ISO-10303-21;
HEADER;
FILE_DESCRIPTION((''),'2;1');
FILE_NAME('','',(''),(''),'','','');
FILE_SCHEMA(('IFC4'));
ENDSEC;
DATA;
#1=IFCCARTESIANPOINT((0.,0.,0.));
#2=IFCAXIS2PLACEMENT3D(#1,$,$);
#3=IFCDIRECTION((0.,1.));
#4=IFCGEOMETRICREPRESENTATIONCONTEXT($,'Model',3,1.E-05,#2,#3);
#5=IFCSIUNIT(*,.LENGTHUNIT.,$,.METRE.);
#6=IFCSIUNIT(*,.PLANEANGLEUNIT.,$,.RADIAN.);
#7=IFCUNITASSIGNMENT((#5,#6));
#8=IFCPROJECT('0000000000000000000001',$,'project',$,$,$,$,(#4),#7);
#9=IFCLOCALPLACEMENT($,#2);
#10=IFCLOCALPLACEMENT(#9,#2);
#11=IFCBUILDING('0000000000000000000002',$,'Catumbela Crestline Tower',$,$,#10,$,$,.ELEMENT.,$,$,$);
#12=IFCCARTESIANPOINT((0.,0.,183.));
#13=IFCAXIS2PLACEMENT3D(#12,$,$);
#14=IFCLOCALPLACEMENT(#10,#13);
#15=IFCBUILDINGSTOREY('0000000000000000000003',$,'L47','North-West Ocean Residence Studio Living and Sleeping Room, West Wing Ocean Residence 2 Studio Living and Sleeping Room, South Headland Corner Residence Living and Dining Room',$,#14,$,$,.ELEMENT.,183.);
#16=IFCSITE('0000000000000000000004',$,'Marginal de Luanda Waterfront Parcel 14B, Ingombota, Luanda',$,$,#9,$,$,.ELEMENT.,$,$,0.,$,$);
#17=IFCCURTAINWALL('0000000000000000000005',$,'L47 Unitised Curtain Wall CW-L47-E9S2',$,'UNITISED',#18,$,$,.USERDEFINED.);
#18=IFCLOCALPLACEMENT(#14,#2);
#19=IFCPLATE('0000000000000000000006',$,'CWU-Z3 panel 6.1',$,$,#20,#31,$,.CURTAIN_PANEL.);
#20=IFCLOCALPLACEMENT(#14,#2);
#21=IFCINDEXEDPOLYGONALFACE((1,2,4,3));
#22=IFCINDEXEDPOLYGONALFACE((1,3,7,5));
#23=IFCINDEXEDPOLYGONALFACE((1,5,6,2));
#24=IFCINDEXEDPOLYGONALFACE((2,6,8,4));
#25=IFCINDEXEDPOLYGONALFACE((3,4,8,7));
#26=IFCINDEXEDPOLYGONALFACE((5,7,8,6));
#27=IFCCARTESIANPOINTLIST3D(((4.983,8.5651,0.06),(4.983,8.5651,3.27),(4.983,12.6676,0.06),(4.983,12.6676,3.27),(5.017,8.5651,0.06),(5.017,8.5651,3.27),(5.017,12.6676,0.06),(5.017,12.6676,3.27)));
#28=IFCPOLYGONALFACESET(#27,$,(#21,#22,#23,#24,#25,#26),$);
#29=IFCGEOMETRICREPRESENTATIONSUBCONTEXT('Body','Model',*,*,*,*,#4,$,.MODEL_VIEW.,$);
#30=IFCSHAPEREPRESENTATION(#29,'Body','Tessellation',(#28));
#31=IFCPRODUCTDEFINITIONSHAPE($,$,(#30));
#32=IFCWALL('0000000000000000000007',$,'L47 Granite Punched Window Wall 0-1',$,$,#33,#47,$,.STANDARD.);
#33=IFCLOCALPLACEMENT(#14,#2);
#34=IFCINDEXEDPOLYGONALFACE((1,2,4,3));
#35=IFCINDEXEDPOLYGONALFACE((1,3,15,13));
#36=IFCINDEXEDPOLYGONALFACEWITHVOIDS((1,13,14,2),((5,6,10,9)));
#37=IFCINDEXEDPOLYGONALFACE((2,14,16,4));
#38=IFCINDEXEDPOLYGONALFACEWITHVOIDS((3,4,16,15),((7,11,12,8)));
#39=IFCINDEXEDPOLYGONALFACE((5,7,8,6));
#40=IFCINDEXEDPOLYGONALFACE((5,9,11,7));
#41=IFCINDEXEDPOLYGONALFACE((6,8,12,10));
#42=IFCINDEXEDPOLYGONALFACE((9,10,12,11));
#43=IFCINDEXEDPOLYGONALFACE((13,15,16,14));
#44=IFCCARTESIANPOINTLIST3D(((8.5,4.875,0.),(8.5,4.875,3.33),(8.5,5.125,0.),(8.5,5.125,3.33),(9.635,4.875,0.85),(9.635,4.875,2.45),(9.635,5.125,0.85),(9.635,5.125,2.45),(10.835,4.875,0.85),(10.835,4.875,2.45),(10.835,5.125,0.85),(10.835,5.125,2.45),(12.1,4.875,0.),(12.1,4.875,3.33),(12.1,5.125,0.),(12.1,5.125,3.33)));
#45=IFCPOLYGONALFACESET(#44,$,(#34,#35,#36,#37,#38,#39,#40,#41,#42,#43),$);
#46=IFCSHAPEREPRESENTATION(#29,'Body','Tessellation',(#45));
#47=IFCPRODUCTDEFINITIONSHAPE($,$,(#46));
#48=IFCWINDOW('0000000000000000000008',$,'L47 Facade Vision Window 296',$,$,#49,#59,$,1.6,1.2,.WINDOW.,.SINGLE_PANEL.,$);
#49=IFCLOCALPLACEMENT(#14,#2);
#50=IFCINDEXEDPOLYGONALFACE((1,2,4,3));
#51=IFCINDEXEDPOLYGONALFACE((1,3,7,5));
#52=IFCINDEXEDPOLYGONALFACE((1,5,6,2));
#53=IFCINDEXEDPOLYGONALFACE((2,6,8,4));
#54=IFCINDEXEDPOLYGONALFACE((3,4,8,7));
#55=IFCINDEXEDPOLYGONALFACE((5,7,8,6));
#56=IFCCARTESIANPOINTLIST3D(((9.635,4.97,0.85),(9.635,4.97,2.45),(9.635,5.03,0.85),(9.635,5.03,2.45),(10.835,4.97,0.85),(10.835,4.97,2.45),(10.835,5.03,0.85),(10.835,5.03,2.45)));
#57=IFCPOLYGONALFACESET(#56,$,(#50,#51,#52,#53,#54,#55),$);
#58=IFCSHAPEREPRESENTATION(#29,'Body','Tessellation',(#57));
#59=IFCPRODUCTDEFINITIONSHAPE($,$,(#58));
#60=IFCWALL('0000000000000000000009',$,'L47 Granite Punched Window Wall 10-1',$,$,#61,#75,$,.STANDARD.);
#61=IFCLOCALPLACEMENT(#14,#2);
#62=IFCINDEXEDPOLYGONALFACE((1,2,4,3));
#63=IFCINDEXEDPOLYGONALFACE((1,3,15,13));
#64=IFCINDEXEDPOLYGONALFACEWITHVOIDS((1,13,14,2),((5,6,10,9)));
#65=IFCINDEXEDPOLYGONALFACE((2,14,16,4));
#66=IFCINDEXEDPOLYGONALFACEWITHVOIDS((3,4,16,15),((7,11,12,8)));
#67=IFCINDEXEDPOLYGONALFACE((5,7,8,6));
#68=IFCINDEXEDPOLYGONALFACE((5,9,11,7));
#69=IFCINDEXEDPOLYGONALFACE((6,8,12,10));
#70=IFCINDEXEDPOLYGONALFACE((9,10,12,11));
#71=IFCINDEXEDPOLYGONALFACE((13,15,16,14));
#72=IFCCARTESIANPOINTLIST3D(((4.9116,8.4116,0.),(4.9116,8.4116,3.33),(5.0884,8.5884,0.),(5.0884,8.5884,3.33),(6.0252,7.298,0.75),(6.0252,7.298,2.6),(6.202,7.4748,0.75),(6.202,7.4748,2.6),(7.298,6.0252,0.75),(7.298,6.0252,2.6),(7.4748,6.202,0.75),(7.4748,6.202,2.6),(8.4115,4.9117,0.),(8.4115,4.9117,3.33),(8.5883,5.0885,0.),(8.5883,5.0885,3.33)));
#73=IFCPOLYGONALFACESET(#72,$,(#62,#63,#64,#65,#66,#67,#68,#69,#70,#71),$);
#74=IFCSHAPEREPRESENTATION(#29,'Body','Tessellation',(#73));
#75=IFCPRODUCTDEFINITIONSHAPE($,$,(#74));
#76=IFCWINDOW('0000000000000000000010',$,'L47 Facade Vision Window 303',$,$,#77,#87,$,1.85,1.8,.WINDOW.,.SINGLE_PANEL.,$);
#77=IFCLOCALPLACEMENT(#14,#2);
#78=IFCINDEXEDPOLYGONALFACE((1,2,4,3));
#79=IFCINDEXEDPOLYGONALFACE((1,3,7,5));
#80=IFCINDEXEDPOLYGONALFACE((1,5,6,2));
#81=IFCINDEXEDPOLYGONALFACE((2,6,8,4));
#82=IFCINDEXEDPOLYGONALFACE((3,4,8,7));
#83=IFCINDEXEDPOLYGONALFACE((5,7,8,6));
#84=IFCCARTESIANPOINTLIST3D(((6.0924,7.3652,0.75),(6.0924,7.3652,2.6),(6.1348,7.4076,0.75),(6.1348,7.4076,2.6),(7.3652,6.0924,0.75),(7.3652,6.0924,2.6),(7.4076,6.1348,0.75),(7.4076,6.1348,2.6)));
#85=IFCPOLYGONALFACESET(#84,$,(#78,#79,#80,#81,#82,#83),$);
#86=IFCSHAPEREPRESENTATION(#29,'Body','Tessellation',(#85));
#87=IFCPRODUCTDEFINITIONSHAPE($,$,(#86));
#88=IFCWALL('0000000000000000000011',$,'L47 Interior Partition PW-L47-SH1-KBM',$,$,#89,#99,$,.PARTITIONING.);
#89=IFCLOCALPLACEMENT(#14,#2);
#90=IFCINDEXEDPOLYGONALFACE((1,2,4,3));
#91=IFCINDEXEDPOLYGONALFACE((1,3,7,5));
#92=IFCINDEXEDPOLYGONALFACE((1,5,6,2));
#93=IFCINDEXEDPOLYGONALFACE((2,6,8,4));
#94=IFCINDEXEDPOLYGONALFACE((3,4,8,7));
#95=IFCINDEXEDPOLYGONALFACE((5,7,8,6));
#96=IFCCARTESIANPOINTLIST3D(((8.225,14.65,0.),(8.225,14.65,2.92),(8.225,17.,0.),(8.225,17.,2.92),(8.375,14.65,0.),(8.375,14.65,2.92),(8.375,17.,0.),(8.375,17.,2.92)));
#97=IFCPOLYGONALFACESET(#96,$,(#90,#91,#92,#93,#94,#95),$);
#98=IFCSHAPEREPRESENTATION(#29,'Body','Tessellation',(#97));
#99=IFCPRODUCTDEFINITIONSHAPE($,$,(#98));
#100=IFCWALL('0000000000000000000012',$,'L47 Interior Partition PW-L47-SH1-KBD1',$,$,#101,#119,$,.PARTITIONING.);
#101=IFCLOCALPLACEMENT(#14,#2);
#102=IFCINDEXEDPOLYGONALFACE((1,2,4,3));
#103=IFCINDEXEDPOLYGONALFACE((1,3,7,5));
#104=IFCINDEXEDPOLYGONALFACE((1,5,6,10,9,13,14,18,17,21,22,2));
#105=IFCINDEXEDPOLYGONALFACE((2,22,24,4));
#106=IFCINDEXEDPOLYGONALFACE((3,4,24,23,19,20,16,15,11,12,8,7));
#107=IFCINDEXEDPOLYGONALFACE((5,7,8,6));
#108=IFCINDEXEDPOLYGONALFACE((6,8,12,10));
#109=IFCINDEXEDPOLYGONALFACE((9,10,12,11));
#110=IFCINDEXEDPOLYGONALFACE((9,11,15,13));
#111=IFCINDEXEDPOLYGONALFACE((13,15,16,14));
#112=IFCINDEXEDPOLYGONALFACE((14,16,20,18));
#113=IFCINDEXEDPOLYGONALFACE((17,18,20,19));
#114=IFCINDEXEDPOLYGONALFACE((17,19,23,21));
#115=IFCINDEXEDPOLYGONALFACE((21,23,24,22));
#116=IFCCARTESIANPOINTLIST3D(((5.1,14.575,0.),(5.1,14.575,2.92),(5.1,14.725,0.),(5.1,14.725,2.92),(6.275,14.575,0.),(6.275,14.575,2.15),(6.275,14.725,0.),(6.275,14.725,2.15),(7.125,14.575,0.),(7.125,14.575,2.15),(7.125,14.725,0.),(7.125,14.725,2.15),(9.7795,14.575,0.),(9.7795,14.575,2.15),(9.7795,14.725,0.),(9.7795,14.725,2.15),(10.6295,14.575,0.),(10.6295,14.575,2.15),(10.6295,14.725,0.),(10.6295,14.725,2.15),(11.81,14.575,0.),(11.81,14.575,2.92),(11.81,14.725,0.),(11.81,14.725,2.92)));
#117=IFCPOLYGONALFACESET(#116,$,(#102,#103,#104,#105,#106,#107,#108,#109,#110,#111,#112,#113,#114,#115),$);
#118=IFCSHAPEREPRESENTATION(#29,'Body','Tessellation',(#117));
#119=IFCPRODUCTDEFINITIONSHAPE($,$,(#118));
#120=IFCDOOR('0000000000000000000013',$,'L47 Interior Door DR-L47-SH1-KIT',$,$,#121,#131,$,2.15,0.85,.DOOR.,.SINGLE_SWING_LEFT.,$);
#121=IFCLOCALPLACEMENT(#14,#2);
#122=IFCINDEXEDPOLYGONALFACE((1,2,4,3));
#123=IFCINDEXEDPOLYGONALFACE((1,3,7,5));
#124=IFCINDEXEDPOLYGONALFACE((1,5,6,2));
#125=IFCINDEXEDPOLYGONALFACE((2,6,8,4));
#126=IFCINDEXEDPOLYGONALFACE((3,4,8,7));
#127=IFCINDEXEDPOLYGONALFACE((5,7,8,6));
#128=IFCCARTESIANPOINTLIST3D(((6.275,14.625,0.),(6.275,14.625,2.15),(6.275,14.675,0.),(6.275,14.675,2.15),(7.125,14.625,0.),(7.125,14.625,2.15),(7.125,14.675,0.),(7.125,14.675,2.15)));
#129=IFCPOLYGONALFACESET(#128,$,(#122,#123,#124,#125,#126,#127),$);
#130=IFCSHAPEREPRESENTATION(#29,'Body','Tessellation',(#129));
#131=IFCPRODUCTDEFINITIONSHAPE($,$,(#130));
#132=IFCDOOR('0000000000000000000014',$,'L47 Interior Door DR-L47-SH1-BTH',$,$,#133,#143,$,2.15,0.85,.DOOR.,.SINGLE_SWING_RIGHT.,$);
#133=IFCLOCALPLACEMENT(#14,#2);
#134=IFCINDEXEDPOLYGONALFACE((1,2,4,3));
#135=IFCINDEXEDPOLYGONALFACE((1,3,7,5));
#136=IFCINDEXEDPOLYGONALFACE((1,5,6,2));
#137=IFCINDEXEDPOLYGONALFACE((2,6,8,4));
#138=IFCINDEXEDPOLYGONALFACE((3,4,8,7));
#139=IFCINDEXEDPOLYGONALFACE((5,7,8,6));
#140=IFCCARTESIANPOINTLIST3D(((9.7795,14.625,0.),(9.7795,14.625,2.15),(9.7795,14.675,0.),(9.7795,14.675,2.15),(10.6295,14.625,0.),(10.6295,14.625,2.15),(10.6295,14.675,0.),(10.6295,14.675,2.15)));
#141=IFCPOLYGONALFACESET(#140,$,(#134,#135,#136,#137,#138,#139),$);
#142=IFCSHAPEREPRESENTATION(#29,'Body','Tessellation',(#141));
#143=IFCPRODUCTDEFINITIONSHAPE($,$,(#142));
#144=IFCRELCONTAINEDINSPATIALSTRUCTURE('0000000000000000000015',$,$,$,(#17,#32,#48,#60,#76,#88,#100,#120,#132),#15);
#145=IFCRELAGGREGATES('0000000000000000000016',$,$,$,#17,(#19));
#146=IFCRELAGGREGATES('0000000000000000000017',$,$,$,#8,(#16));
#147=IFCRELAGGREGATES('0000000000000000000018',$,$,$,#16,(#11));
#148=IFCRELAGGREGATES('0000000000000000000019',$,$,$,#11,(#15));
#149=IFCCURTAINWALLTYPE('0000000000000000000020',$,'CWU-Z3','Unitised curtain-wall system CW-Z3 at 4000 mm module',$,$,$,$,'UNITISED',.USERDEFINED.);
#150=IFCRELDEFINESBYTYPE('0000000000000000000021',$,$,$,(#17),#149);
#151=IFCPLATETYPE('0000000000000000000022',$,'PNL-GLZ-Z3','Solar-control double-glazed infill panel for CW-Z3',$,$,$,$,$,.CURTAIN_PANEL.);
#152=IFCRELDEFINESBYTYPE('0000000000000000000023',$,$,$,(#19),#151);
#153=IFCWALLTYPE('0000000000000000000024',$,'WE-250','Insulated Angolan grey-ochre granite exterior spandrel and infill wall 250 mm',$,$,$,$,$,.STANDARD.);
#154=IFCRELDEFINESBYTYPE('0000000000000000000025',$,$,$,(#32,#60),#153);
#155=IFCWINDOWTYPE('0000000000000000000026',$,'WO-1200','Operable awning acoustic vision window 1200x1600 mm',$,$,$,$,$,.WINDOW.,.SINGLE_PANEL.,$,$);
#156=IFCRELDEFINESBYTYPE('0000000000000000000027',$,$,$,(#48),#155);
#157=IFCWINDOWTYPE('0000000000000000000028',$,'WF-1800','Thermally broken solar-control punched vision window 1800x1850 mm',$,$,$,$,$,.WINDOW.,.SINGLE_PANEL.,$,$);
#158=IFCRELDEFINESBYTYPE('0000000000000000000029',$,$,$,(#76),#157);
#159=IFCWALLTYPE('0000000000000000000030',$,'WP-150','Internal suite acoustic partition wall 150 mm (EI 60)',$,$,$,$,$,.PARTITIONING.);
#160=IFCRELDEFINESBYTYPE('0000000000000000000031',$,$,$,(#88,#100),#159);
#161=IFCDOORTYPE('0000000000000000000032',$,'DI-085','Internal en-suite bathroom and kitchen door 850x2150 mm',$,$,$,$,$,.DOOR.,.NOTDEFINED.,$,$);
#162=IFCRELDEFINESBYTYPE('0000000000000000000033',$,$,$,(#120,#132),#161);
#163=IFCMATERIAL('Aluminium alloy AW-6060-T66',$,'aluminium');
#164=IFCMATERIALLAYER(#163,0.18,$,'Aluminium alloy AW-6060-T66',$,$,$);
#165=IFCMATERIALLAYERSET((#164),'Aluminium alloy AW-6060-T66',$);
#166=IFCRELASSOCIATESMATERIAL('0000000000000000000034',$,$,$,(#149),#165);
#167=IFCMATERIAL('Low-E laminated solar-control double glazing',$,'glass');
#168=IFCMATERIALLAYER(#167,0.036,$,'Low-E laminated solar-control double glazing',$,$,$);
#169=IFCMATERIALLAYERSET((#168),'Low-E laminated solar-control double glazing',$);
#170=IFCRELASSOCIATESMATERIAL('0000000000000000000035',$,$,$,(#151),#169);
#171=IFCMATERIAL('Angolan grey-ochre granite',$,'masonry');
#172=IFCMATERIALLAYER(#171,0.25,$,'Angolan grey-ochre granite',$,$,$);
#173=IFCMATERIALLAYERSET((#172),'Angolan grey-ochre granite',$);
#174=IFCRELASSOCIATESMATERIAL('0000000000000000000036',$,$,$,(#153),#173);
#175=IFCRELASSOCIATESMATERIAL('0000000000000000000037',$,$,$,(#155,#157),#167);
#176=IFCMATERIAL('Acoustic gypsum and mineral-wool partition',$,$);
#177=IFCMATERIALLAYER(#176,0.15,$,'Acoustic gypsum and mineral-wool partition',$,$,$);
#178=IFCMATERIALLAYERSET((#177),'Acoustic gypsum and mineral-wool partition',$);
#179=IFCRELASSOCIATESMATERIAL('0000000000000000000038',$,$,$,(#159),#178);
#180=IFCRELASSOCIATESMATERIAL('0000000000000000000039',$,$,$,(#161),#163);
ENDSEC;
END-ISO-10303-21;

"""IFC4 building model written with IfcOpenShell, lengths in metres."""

from ifc_helpers import new_model, si_unit, direction, frame, frame_2d, origin, origin_2d, place, context, subcontext, project, spatial, rectangle, extrude, material, layer, layer_set, type_object, element, fill, aggregate, save


model = new_model("IFC4")

# Units and contexts
model_context = context("Model", 3, precision=1e-05, world=origin(), true_north=direction((0.0, 1.0)))
body_context = subcontext(model_context, "Body", "Model", "MODEL_VIEW")
ifc_project = project(units=[si_unit("LENGTHUNIT", "METRE"), si_unit("PLANEANGLEUNIT", "RADIAN")], contexts=[model_context])

# Site, building, storey
site_placement = place(None, origin())
site = spatial("IfcSite", under=ifc_project, at=site_placement, Name="Marginal de Luanda Waterfront Parcel 14B, Ingombota, Luanda", CompositionType="ELEMENT", RefElevation=0.0)
building_placement = place(site_placement, origin())
building = spatial("IfcBuilding", under=site, at=building_placement, Name="Catumbela Crestline Tower", CompositionType="ELEMENT")
storey_placement = place(building_placement, frame((0.0, 0.0, 183.0)))
storey = spatial("IfcBuildingStorey", under=building, at=storey_placement, Name="L47", Description="North-West Ocean Residence Studio Living and Sleeping Room, West Wing Ocean Residence 2 Studio Living and Sleeping Room, South Headland Corner Residence Living and Dining Room", CompositionType="ELEMENT", Elevation=183.0)

# Curtain wall, plate
ifc_material_1 = material(Name="Aluminium alloy AW-6060-T66", Category="aluminium")
ifc_layer_1 = layer(ifc_material_1, 0.18, Name="Aluminium alloy AW-6060-T66")
ifc_layer_set_1 = layer_set([ifc_layer_1], Name="Aluminium alloy AW-6060-T66")
curtain_wall_type = type_object("IfcCurtainWallType", Name="CWU-Z3", Description="Unitised curtain-wall system CW-Z3 at 4000 mm module", ElementType="UNITISED", PredefinedType="USERDEFINED", material=ifc_layer_set_1)
curtain_wall_placement = place(storey_placement, origin())
curtain_wall = element("IfcCurtainWall", 1, at=curtain_wall_placement, inside=storey, type_object=curtain_wall_type, Name="L47 Unitised Curtain Wall CW-L47-E9S2", ObjectType="UNITISED", PredefinedType="USERDEFINED")
ifc_material_2 = material(Name="Low-E laminated solar-control double glazing", Category="glass")
ifc_layer_2 = layer(ifc_material_2, 0.036, Name="Low-E laminated solar-control double glazing")
ifc_layer_set_2 = layer_set([ifc_layer_2], Name="Low-E laminated solar-control double glazing")
plate_type = type_object("IfcPlateType", Name="PNL-GLZ-Z3", Description="Solar-control double-glazed infill panel for CW-Z3", PredefinedType="CURTAIN_PANEL", material=ifc_layer_set_2)
plate_1_placement = place(storey_placement, frame((5.0, 10.6163, 0.06), z_axis=(0.0, 0.0, 1.0), x_axis=(0.0, -1.0, 0.0)))
plate_1 = element("IfcPlate", 2, at=plate_1_placement, type_object=plate_type, Name="CWU-Z3 panel 6.1", PredefinedType="CURTAIN_PANEL", context=body_context, shape_type="SweptSolid", body=[
    extrude(rectangle(XDim=4.1025, YDim=0.034, at=origin_2d()), origin(), (0.0, 0.0, 1.0), 3.21),
])
aggregate(curtain_wall, [plate_1])

# Walls, openings, windows
ifc_material_3 = material(Name="Angolan grey-ochre granite", Category="masonry")
ifc_layer_3 = layer(ifc_material_3, 0.25, Name="Angolan grey-ochre granite")
ifc_layer_set_3 = layer_set([ifc_layer_3], Name="Angolan grey-ochre granite")
wall_type_1 = type_object("IfcWallType", Name="WE-250", Description="Insulated Angolan grey-ochre granite exterior spandrel and infill wall 250 mm", PredefinedType="STANDARD", material=ifc_layer_set_3)
wall_1_placement = place(storey_placement, frame((8.5, 5.0, 0.0), z_axis=(0.0, 0.0, 1.0), x_axis=(1.0, 0.0, 0.0)))
wall_1 = element("IfcWall", 3, at=wall_1_placement, inside=storey, type_object=wall_type_1, Name="L47 Granite Punched Window Wall 0-1", PredefinedType="STANDARD", context=body_context, shape_type="SweptSolid", body=[
    extrude(rectangle(XDim=3.6, YDim=0.25, at=frame_2d((1.8, 0.0))), origin(), (0.0, 0.0, 1.0), 3.33),
])
opening_1_placement = place(wall_1_placement, frame((1.135, 0.0, 0.85)))
opening_1 = element("IfcOpeningElement", 4, at=opening_1_placement, cuts=wall_1, PredefinedType="OPENING", context=body_context, shape_type="SweptSolid", body=[
    extrude(rectangle(XDim=1.2, YDim=1.6, at=frame_2d((0.6, 0.8))), frame((0.0, 0.135, 0.0), z_axis=(0.0, -1.0, 0.0), x_axis=(1.0, 0.0, 0.0)), (0.0, 0.0, 1.0), 0.27),
])
window_type_1 = type_object("IfcWindowType", Name="WO-1200", Description="Operable awning acoustic vision window 1200x1600 mm", PartitioningType="SINGLE_PANEL", PredefinedType="WINDOW", material=ifc_material_2)
window_1_placement = place(opening_1_placement, origin())
window_1 = element("IfcWindow", 5, at=window_1_placement, inside=storey, type_object=window_type_1, Name="L47 Facade Vision Window 296", OverallHeight=1.6, OverallWidth=1.2, PartitioningType="SINGLE_PANEL", PredefinedType="WINDOW", context=body_context, shape_type="SweptSolid", body=[
    extrude(rectangle(XDim=1.2, YDim=1.6, at=frame_2d((0.6, 0.8))), frame((0.0, 0.03, 0.0), z_axis=(0.0, -1.0, 0.0), x_axis=(1.0, 0.0, 0.0)), (0.0, 0.0, 1.0), 0.06),
])
fill(opening_1, window_1)
wall_2_placement = place(storey_placement, frame((5.0, 8.5, 0.0), z_axis=(0.0, 0.0, 1.0), x_axis=(0.707107, -0.707107, 0.0)))
wall_2 = element("IfcWall", 6, at=wall_2_placement, inside=storey, type_object=wall_type_1, Name="L47 Granite Punched Window Wall 10-1", PredefinedType="STANDARD", context=body_context, shape_type="SweptSolid", body=[
    extrude(rectangle(XDim=4.9497, YDim=0.25, at=frame_2d((2.4748, 0.0))), origin(), (0.0, 0.0, 1.0), 3.33),
])
opening_2_placement = place(wall_2_placement, frame((1.5749, 0.0, 0.75)))
opening_2 = element("IfcOpeningElement", 7, at=opening_2_placement, cuts=wall_2, PredefinedType="OPENING", context=body_context, shape_type="SweptSolid", body=[
    extrude(rectangle(XDim=1.8, YDim=1.85, at=frame_2d((0.9, 0.925))), frame((0.0, 0.135, 0.0), z_axis=(0.0, -1.0, 0.0), x_axis=(1.0, 0.0, 0.0)), (0.0, 0.0, 1.0), 0.27),
])
window_type_2 = type_object("IfcWindowType", Name="WF-1800", Description="Thermally broken solar-control punched vision window 1800x1850 mm", PartitioningType="SINGLE_PANEL", PredefinedType="WINDOW", material=ifc_material_2)
window_2_placement = place(opening_2_placement, origin())
window_2 = element("IfcWindow", 8, at=window_2_placement, inside=storey, type_object=window_type_2, Name="L47 Facade Vision Window 303", OverallHeight=1.85, OverallWidth=1.8, PartitioningType="SINGLE_PANEL", PredefinedType="WINDOW", context=body_context, shape_type="SweptSolid", body=[
    extrude(rectangle(XDim=1.8, YDim=1.85, at=frame_2d((0.9, 0.925))), frame((0.0, 0.03, 0.0), z_axis=(0.0, -1.0, 0.0), x_axis=(1.0, 0.0, 0.0)), (0.0, 0.0, 1.0), 0.06),
])
fill(opening_2, window_2)

# Wall
ifc_material_4 = material(Name="Acoustic gypsum and mineral-wool partition")
ifc_layer_4 = layer(ifc_material_4, 0.15, Name="Acoustic gypsum and mineral-wool partition")
ifc_layer_set_4 = layer_set([ifc_layer_4], Name="Acoustic gypsum and mineral-wool partition")
wall_type_2 = type_object("IfcWallType", Name="WP-150", Description="Internal suite acoustic partition wall 150 mm (EI 60)", PredefinedType="PARTITIONING", material=ifc_layer_set_4)
wall_3_placement = place(storey_placement, frame((8.3, 14.65, 0.0), z_axis=(0.0, 0.0, 1.0), x_axis=(0.0, 1.0, 0.0)))
element("IfcWall", 9, at=wall_3_placement, inside=storey, type_object=wall_type_2, Name="L47 Interior Partition PW-L47-SH1-KBM", PredefinedType="PARTITIONING", context=body_context, shape_type="SweptSolid", body=[
    extrude(rectangle(XDim=2.35, YDim=0.15, at=frame_2d((1.175, 0.0))), origin(), (0.0, 0.0, 1.0), 2.92),
])

# Wall, openings, doors
wall_4_placement = place(storey_placement, frame((5.1, 14.65, 0.0), z_axis=(0.0, 0.0, 1.0), x_axis=(1.0, 0.0, 0.0)))
wall_4 = element("IfcWall", 10, at=wall_4_placement, inside=storey, type_object=wall_type_2, Name="L47 Interior Partition PW-L47-SH1-KBD1", PredefinedType="PARTITIONING", context=body_context, shape_type="SweptSolid", body=[
    extrude(rectangle(XDim=6.71, YDim=0.15, at=frame_2d((3.355, 0.0))), origin(), (0.0, 0.0, 1.0), 2.92),
])
opening_3_placement = place(wall_4_placement, frame((1.175, 0.0, 0.0)))
opening_3 = element("IfcOpeningElement", 11, at=opening_3_placement, cuts=wall_4, PredefinedType="OPENING", context=body_context, shape_type="SweptSolid", body=[
    extrude(rectangle(XDim=0.85, YDim=2.15, at=frame_2d((0.425, 1.075))), frame((0.0, 0.085, 0.0), z_axis=(0.0, -1.0, 0.0), x_axis=(1.0, 0.0, 0.0)), (0.0, 0.0, 1.0), 0.17),
])
opening_4_placement = place(wall_4_placement, frame((4.6795, 0.0, 0.0)))
opening_4 = element("IfcOpeningElement", 12, at=opening_4_placement, cuts=wall_4, PredefinedType="OPENING", context=body_context, shape_type="SweptSolid", body=[
    extrude(rectangle(XDim=0.85, YDim=2.15, at=frame_2d((0.425, 1.075))), frame((0.0, 0.085, 0.0), z_axis=(0.0, -1.0, 0.0), x_axis=(1.0, 0.0, 0.0)), (0.0, 0.0, 1.0), 0.17),
])
door_type_1 = type_object("IfcDoorType", Name="DI-085", Description="Internal en-suite bathroom and kitchen door 850x2150 mm", OperationType="NOTDEFINED", PredefinedType="DOOR", material=ifc_material_1)
door_1_placement = place(opening_3_placement, origin())
door_1 = element("IfcDoor", 13, at=door_1_placement, inside=storey, type_object=door_type_1, Name="L47 Interior Door DR-L47-SH1-KIT", OperationType="SINGLE_SWING_LEFT", OverallHeight=2.15, OverallWidth=0.85, PredefinedType="DOOR", context=body_context, shape_type="SweptSolid", body=[
    extrude(rectangle(XDim=0.85, YDim=2.15, at=frame_2d((0.425, 1.075))), frame((0.0, 0.025, 0.0), z_axis=(0.0, -1.0, 0.0), x_axis=(1.0, 0.0, 0.0)), (0.0, 0.0, 1.0), 0.05),
])
fill(opening_3, door_1)
door_2_placement = place(opening_4_placement, origin())
door_2 = element("IfcDoor", 14, at=door_2_placement, inside=storey, type_object=door_type_1, Name="L47 Interior Door DR-L47-SH1-BTH", OperationType="SINGLE_SWING_RIGHT", OverallHeight=2.15, OverallWidth=0.85, PredefinedType="DOOR", context=body_context, shape_type="SweptSolid", body=[
    extrude(rectangle(XDim=0.85, YDim=2.15, at=frame_2d((0.425, 1.075))), frame((0.0, 0.025, 0.0), z_axis=(0.0, -1.0, 0.0), x_axis=(1.0, 0.0, 0.0)), (0.0, 0.0, 1.0), 0.05),
])
fill(opening_4, door_2)

save(model, "model.ifc")
